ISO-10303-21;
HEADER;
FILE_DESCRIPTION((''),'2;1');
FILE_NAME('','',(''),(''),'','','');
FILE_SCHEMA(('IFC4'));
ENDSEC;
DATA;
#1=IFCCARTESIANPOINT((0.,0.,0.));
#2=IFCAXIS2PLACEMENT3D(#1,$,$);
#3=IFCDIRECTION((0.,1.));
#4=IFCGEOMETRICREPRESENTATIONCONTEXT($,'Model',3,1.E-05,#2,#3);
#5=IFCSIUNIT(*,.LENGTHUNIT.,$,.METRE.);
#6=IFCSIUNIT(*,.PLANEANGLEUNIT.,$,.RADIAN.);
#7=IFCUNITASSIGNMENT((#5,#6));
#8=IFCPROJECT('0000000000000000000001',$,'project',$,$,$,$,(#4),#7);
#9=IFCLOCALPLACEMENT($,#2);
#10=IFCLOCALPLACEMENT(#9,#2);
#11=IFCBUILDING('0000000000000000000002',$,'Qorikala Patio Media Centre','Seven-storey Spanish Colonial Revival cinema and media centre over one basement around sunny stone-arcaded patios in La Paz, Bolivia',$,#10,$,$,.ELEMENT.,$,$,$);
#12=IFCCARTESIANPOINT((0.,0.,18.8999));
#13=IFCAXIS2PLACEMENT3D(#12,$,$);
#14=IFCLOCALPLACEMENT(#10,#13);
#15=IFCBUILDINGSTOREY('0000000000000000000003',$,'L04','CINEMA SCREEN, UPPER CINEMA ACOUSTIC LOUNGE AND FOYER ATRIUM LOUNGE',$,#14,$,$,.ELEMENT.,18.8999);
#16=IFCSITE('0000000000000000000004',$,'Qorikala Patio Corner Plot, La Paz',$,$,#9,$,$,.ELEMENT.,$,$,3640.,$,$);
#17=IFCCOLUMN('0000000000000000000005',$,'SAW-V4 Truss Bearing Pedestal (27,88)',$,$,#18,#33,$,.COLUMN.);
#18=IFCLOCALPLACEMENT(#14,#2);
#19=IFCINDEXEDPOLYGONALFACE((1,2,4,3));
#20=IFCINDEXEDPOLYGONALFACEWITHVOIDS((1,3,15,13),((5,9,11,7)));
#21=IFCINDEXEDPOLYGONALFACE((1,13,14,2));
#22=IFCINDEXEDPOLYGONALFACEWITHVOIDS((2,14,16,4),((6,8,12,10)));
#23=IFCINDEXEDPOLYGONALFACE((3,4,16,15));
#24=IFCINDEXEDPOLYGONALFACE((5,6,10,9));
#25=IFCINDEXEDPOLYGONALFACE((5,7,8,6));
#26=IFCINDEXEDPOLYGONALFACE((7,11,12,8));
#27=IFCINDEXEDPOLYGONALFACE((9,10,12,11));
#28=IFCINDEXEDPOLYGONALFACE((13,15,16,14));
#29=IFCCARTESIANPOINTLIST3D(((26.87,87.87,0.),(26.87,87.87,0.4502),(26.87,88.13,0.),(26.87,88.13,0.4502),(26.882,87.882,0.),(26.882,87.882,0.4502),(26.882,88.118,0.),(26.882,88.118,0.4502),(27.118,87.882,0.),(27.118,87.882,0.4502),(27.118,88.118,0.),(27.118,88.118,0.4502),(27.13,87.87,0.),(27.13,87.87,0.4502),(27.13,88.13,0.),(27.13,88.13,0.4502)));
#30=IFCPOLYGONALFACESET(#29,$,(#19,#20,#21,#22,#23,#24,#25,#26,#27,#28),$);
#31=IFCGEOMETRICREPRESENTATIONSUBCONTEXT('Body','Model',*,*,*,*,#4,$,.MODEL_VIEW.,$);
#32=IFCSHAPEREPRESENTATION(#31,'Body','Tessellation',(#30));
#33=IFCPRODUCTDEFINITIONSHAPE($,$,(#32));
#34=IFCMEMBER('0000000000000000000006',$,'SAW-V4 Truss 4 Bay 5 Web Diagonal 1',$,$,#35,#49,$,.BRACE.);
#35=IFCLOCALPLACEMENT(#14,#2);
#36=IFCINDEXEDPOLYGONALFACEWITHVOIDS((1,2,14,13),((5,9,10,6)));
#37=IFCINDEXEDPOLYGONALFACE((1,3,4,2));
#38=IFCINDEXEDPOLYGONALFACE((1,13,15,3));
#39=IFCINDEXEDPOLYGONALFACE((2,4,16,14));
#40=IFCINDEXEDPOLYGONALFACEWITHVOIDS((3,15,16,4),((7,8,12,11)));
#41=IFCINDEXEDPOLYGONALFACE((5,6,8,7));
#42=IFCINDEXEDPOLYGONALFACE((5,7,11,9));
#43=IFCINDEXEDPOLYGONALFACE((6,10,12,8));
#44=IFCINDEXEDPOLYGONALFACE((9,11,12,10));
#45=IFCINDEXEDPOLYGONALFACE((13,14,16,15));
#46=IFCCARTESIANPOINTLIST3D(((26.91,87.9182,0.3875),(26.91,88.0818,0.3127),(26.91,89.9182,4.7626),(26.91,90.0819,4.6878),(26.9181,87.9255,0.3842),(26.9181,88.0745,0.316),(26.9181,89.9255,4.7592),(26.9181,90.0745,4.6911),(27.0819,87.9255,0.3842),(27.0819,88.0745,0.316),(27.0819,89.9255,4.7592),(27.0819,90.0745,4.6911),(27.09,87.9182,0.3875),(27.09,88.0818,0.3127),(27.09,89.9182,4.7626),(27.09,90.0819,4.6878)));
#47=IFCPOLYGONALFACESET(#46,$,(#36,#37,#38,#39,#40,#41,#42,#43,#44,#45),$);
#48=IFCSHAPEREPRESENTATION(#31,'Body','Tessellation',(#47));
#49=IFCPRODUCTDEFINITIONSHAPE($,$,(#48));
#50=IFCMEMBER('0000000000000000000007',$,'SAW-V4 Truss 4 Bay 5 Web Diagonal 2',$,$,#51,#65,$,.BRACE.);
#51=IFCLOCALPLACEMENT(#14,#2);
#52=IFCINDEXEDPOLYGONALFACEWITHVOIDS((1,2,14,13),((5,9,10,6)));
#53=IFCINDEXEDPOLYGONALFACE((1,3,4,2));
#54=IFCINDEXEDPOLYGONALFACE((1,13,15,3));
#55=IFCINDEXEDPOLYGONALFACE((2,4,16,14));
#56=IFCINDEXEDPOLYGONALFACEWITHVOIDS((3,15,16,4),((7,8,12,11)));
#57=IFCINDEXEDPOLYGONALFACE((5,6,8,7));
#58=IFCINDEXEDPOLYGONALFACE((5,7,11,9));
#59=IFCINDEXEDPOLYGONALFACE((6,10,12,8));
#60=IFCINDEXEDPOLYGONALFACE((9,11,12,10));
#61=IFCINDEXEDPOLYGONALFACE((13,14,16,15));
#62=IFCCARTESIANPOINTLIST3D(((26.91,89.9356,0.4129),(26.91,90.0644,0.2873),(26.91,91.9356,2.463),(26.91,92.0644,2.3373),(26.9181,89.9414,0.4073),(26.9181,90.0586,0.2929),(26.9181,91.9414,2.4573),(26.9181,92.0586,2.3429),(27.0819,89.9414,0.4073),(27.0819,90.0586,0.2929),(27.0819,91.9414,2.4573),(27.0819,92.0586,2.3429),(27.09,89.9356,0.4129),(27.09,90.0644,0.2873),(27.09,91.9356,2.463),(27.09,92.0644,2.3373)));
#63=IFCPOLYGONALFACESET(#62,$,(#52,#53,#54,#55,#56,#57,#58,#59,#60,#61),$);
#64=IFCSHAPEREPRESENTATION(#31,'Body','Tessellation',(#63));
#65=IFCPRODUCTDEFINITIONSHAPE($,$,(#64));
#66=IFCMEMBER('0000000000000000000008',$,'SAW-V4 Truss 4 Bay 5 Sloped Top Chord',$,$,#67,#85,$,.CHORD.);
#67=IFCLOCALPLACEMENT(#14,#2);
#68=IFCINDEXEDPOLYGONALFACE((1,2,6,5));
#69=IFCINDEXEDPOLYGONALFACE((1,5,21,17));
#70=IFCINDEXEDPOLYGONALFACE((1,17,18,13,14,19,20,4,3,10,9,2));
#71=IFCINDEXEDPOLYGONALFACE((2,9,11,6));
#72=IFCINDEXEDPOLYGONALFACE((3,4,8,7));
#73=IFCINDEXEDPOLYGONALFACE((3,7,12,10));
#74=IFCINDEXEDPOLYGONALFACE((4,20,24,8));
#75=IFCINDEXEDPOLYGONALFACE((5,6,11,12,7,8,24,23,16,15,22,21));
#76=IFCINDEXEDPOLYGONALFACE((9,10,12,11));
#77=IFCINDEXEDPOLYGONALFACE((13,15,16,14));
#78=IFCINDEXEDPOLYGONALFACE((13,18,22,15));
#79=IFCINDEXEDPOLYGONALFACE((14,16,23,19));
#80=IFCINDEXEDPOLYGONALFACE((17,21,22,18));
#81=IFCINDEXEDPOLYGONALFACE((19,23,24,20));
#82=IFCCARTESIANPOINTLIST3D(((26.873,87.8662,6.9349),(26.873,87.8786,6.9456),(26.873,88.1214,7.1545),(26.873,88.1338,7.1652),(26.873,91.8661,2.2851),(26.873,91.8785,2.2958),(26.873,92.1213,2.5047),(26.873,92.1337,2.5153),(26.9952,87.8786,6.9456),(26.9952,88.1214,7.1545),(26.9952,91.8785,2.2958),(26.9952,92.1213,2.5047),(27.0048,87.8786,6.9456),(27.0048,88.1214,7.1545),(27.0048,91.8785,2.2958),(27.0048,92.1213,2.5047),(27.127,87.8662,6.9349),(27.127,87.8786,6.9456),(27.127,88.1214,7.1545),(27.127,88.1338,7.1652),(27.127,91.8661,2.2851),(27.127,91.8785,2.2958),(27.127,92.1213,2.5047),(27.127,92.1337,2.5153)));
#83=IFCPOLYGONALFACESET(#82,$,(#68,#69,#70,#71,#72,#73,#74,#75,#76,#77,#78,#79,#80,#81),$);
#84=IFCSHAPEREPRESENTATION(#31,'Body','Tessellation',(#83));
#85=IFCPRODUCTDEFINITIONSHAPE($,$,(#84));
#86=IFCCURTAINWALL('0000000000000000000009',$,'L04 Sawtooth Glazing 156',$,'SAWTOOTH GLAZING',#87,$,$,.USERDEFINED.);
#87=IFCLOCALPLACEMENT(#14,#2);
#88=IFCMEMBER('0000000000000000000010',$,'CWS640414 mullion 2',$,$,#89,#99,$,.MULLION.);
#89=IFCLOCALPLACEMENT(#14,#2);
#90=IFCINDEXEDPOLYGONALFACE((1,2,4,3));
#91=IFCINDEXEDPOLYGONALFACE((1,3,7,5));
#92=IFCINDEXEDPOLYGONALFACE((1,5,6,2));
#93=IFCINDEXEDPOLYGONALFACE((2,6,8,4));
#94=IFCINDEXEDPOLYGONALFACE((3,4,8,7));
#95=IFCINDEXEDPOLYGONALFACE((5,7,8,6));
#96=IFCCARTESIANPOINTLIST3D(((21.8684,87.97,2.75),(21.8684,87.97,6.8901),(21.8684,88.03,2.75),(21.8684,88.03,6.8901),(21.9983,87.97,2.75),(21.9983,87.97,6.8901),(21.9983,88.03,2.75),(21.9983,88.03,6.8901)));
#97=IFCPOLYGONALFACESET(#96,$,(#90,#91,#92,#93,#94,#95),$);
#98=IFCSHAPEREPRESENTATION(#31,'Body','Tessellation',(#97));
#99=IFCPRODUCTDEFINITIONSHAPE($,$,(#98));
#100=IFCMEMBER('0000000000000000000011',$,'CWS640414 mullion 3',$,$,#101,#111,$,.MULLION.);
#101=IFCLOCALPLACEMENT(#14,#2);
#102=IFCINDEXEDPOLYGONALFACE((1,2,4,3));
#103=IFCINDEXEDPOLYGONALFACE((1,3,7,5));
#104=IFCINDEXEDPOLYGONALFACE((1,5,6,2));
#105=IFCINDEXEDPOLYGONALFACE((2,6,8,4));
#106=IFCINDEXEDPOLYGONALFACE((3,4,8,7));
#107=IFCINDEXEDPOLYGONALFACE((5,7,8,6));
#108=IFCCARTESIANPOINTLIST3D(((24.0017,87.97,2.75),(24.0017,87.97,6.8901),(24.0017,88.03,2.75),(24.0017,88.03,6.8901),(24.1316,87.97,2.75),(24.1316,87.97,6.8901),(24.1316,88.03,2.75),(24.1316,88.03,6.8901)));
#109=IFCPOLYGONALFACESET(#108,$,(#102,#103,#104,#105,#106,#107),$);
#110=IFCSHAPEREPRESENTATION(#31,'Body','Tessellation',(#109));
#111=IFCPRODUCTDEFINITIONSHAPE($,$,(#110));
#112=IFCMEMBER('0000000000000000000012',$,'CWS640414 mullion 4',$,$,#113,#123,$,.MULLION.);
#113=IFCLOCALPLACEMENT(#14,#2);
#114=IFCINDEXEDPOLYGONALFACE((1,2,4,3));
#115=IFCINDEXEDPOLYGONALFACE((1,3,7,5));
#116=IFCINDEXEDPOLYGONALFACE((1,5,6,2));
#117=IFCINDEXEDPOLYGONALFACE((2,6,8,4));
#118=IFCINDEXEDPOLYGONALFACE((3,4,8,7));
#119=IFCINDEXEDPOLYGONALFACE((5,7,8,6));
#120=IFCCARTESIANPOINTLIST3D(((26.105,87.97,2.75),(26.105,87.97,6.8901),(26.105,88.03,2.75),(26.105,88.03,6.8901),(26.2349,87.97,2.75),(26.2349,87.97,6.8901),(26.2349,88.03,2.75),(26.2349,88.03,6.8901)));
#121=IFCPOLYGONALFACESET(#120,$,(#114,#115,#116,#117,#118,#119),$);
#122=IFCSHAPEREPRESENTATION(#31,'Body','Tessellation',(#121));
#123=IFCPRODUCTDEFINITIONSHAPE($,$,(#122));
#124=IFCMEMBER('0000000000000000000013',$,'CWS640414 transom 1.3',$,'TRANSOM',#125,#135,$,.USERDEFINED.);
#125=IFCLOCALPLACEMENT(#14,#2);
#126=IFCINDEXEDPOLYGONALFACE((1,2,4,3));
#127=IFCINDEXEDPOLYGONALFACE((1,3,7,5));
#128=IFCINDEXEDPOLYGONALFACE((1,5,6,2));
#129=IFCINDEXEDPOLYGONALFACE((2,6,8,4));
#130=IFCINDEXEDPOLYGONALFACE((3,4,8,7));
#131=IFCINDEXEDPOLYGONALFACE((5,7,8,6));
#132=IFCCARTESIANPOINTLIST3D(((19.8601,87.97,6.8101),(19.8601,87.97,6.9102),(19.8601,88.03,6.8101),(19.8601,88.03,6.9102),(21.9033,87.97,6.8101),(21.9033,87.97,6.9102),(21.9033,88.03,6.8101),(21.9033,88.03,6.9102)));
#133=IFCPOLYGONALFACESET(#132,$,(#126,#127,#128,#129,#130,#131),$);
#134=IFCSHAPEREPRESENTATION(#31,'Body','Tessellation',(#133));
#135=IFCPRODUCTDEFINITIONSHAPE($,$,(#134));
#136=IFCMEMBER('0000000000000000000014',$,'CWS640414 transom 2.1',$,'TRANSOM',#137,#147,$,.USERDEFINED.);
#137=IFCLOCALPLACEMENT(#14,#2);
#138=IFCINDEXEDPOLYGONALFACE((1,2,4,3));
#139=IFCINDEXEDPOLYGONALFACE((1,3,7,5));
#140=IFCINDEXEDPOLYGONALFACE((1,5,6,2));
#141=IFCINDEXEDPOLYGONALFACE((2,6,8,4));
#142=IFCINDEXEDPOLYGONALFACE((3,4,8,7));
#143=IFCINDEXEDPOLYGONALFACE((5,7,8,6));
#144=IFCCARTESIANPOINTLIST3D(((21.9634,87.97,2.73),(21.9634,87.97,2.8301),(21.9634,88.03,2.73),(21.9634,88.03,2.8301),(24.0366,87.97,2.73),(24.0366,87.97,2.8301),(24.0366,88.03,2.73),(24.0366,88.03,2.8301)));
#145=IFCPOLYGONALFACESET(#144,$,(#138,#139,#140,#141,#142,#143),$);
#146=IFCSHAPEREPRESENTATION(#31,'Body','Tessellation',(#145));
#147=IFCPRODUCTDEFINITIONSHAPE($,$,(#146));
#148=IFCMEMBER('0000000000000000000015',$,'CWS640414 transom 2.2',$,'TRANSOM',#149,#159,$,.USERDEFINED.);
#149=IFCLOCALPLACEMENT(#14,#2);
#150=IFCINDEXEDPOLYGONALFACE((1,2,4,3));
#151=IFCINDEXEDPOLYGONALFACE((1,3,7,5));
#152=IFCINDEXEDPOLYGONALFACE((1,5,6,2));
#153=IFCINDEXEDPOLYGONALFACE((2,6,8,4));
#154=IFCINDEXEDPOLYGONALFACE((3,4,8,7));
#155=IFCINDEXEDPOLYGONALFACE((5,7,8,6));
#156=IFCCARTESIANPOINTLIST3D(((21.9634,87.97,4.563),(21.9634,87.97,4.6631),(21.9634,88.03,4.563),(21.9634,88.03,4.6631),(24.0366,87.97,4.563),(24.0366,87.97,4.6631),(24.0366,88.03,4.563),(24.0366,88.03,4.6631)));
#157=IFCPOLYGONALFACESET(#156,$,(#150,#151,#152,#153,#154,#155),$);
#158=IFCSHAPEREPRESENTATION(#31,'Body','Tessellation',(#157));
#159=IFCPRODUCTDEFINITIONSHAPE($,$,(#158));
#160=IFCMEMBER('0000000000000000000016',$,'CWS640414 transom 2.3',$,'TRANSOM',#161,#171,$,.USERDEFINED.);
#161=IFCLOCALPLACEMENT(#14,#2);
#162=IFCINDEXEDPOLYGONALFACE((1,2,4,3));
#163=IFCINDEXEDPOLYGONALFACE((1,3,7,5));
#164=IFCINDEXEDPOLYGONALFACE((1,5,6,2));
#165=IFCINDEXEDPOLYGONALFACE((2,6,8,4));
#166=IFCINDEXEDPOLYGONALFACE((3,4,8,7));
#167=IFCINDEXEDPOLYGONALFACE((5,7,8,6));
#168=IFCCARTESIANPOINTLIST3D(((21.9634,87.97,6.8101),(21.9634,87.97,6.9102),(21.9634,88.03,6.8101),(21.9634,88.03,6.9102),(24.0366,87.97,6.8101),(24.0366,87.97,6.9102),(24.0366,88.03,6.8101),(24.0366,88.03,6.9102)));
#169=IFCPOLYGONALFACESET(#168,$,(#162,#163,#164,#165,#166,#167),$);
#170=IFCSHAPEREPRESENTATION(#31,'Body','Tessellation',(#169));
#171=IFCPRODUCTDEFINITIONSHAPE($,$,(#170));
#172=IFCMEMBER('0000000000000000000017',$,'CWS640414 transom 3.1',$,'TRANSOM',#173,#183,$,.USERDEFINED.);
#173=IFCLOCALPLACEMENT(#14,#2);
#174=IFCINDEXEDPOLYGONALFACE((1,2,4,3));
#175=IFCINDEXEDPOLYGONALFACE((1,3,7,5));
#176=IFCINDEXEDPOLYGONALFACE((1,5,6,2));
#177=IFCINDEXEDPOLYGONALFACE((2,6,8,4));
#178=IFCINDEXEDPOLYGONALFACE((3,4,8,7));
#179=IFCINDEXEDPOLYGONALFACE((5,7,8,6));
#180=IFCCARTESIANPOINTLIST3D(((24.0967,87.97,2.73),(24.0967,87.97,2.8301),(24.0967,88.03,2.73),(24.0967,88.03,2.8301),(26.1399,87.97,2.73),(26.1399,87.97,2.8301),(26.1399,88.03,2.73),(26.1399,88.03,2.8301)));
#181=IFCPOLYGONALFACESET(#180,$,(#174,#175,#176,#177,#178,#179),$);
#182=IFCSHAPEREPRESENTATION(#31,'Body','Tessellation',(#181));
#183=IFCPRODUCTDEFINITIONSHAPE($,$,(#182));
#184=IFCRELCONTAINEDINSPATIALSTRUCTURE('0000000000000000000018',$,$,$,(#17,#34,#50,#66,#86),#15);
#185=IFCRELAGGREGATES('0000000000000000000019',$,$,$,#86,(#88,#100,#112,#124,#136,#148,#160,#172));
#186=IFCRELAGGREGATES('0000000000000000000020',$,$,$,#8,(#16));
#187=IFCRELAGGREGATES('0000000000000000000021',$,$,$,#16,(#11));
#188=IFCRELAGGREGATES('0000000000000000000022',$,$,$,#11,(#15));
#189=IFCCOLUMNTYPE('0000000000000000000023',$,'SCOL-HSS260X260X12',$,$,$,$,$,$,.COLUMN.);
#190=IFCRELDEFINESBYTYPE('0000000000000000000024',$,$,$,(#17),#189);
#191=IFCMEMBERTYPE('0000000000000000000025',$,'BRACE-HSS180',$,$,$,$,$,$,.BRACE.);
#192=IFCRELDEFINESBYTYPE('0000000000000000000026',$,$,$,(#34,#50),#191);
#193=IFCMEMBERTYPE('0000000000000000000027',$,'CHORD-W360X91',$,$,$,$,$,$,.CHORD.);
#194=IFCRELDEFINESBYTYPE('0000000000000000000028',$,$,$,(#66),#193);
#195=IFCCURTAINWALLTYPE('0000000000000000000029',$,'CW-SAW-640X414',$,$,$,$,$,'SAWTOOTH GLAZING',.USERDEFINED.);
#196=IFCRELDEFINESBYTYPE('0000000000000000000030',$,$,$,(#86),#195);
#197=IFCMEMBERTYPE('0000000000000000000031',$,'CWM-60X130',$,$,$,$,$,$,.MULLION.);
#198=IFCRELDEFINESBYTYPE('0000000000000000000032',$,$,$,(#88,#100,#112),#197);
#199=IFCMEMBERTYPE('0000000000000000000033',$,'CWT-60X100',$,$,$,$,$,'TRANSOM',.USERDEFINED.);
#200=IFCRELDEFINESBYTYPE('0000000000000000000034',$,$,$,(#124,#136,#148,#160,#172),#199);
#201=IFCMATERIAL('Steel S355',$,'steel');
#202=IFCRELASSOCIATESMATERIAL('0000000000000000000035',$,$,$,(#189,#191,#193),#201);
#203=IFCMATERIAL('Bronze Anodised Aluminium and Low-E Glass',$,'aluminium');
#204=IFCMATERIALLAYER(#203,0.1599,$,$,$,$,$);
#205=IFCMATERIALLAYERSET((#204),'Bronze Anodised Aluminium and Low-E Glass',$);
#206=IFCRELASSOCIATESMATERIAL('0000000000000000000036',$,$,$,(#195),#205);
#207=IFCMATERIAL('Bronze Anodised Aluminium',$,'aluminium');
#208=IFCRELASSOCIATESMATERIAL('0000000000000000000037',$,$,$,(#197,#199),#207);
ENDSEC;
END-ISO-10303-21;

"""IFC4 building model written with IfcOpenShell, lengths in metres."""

from ifc_helpers import new_model, si_unit, direction, frame, origin, origin_2d, place, context, subcontext, project, spatial, rectangle, hollow_rectangle, i_section, extrude, material, layer, layer_set, material_profile, profile_set, type_object, element, aggregate, save


model = new_model("IFC4")

# Units and contexts
model_context = context("Model", 3, precision=1e-05, world=origin(), true_north=direction((0.0, 1.0)))
body_context = subcontext(model_context, "Body", "Model", "MODEL_VIEW")
ifc_project = project(units=[si_unit("LENGTHUNIT", "METRE"), si_unit("PLANEANGLEUNIT", "RADIAN")], contexts=[model_context])

# Site, building, storey
site_placement = place(None, origin())
site = spatial("IfcSite", under=ifc_project, at=site_placement, Name="Qorikala Patio Corner Plot, La Paz", CompositionType="ELEMENT", RefElevation=3640.0)
building_placement = place(site_placement, origin())
building = spatial("IfcBuilding", under=site, at=building_placement, Name="Qorikala Patio Media Centre", Description="Seven-storey Spanish Colonial Revival cinema and media centre over one basement around sunny stone-arcaded patios in La Paz, Bolivia", CompositionType="ELEMENT")
storey_placement = place(building_placement, frame((0.0, 0.0, 18.8999)))
storey = spatial("IfcBuildingStorey", under=building, at=storey_placement, Name="L04", Description="CINEMA SCREEN, UPPER CINEMA ACOUSTIC LOUNGE AND FOYER ATRIUM LOUNGE", CompositionType="ELEMENT", Elevation=18.8999)

# Column
ifc_material_1 = material(Name="Steel S355", Category="steel")
ifc_material_profile_1 = material_profile(ifc_material_1, hollow_rectangle(XDim=0.26, YDim=0.26, WallThickness=0.012, at=origin_2d()), Name="HSS260X260X12")
ifc_profile_set_1 = profile_set([ifc_material_profile_1], Name="Steel S355")
column_type = type_object("IfcColumnType", Name="SCOL-HSS260X260X12", PredefinedType="COLUMN", material=ifc_profile_set_1)
column_placement = place(storey_placement, frame((27.0, 88.0, 0.0), z_axis=(0.0, 0.0, 1.0), x_axis=(1.0, 0.0, 0.0)))
element("IfcColumn", 1, at=column_placement, inside=storey, type_object=column_type, Name="SAW-V4 Truss Bearing Pedestal (27,88)", PredefinedType="COLUMN", context=body_context, shape_type="SweptSolid", body=[
    extrude(hollow_rectangle(XDim=0.26, YDim=0.26, WallThickness=0.012, at=origin_2d()), origin(), (0.0, 0.0, 1.0), 0.4502),
])

# Members
ifc_material_profile_2 = material_profile(ifc_material_1, hollow_rectangle(XDim=0.1799, YDim=0.1799, WallThickness=0.0081, at=origin_2d()), Name="HSS180X180X8")
ifc_profile_set_2 = profile_set([ifc_material_profile_2], Name="Steel S355")
member_type_1 = type_object("IfcMemberType", Name="BRACE-HSS180", PredefinedType="BRACE", material=ifc_profile_set_2)
member_1_placement = place(storey_placement, frame((27.0, 88.0, 0.3501), z_axis=(0.0, 0.41576, 0.909474), x_axis=(-1.0, 0.0, 0.0)))
element("IfcMember", 2, at=member_1_placement, inside=storey, type_object=member_type_1, Name="SAW-V4 Truss 4 Bay 5 Web Diagonal 1", PredefinedType="BRACE", context=body_context, shape_type="SweptSolid", body=[
    extrude(hollow_rectangle(XDim=0.1799, YDim=0.1799, WallThickness=0.0081, at=origin_2d()), origin(), (0.0, 0.0, 1.0), 4.8105),
])
member_2_placement = place(storey_placement, frame((27.0, 90.0, 0.3501), z_axis=(0.0, 0.698315, 0.71579), x_axis=(-1.0, 0.0, 0.0)))
element("IfcMember", 3, at=member_2_placement, inside=storey, type_object=member_type_1, Name="SAW-V4 Truss 4 Bay 5 Web Diagonal 2", PredefinedType="BRACE", context=body_context, shape_type="SweptSolid", body=[
    extrude(hollow_rectangle(XDim=0.1799, YDim=0.1799, WallThickness=0.0081, at=origin_2d()), origin(), (0.0, 0.0, 1.0), 2.864),
])
ifc_material_profile_3 = material_profile(ifc_material_1, i_section(OverallWidth=0.2539, OverallDepth=0.353, WebThickness=0.0095, FlangeThickness=0.0164, at=origin_2d()), Name="W360X91")
ifc_profile_set_3 = profile_set([ifc_material_profile_3], Name="Steel S355")
member_type_2 = type_object("IfcMemberType", Name="CHORD-W360X91", PredefinedType="CHORD", material=ifc_profile_set_3)
member_3_placement = place(storey_placement, frame((27.0, 88.0, 7.05), z_axis=(0.0, 0.652141, -0.758098), x_axis=(-1.0, 0.0, 0.0)))
element("IfcMember", 4, at=member_3_placement, inside=storey, type_object=member_type_2, Name="SAW-V4 Truss 4 Bay 5 Sloped Top Chord", PredefinedType="CHORD", context=body_context, shape_type="SweptSolid", body=[
    extrude(i_section(OverallWidth=0.2539, OverallDepth=0.353, WebThickness=0.0095, FlangeThickness=0.0164, at=origin_2d()), origin(), (0.0, 0.0, 1.0), 6.1335),
])

# Curtain wall, members
ifc_material_2 = material(Name="Bronze Anodised Aluminium and Low-E Glass", Category="aluminium")
ifc_layer_1 = layer(ifc_material_2, 0.1599)
ifc_layer_set_1 = layer_set([ifc_layer_1], Name="Bronze Anodised Aluminium and Low-E Glass")
curtain_wall_type_1 = type_object("IfcCurtainWallType", Name="CW-SAW-640X414", ElementType="SAWTOOTH GLAZING", PredefinedType="USERDEFINED", material=ifc_layer_set_1)
curtain_wall_1_placement = place(storey_placement, origin())
curtain_wall_1 = element("IfcCurtainWall", 5, at=curtain_wall_1_placement, inside=storey, type_object=curtain_wall_type_1, Name="L04 Sawtooth Glazing 156", ObjectType="SAWTOOTH GLAZING", PredefinedType="USERDEFINED")
ifc_material_3 = material(Name="Bronze Anodised Aluminium", Category="aluminium")
ifc_material_profile_4 = material_profile(ifc_material_3, rectangle(XDim=0.0601, YDim=0.1299, at=origin_2d()), Name="ALU MULLION 60x130")
ifc_profile_set_4 = profile_set([ifc_material_profile_4], Name="Bronze Anodised Aluminium")
member_type_3 = type_object("IfcMemberType", Name="CWM-60X130", PredefinedType="MULLION", material=ifc_profile_set_4)
member_4_placement = place(storey_placement, frame((21.9333, 88.0, 2.75), z_axis=(0.0, 0.0, 1.0), x_axis=(0.0, 1.0, 0.0)))
member_4 = element("IfcMember", 6, at=member_4_placement, type_object=member_type_3, Name="CWS640414 mullion 2", PredefinedType="MULLION", context=body_context, shape_type="SweptSolid", body=[
    extrude(rectangle(XDim=0.0601, YDim=0.1299, at=origin_2d()), origin(), (0.0, 0.0, 1.0), 4.1401),
])
member_5_placement = place(storey_placement, frame((24.0667, 88.0, 2.75), z_axis=(0.0, 0.0, 1.0), x_axis=(0.0, 1.0, 0.0)))
member_5 = element("IfcMember", 7, at=member_5_placement, type_object=member_type_3, Name="CWS640414 mullion 3", PredefinedType="MULLION", context=body_context, shape_type="SweptSolid", body=[
    extrude(rectangle(XDim=0.0601, YDim=0.1299, at=origin_2d()), origin(), (0.0, 0.0, 1.0), 4.1401),
])
member_6_placement = place(storey_placement, frame((26.1699, 88.0, 2.75), z_axis=(0.0, 0.0, 1.0), x_axis=(0.0, 1.0, 0.0)))
member_6 = element("IfcMember", 8, at=member_6_placement, type_object=member_type_3, Name="CWS640414 mullion 4", PredefinedType="MULLION", context=body_context, shape_type="SweptSolid", body=[
    extrude(rectangle(XDim=0.0601, YDim=0.1299, at=origin_2d()), origin(), (0.0, 0.0, 1.0), 4.1401),
])
ifc_material_profile_5 = material_profile(ifc_material_3, rectangle(XDim=0.0601, YDim=0.1001, at=origin_2d()), Name="ALU TRANSOM 60x100")
ifc_profile_set_5 = profile_set([ifc_material_profile_5], Name="Bronze Anodised Aluminium")
member_type_4 = type_object("IfcMemberType", Name="CWT-60X100", ElementType="TRANSOM", PredefinedType="USERDEFINED", material=ifc_profile_set_5)
member_7_placement = place(storey_placement, frame((19.8601, 88.0, 6.8601), z_axis=(1.0, 0.0, 0.0), x_axis=(0.0, 1.0, 0.0)))
member_7 = element("IfcMember", 9, at=member_7_placement, type_object=member_type_4, Name="CWS640414 transom 1.3", ObjectType="TRANSOM", PredefinedType="USERDEFINED", context=body_context, shape_type="SweptSolid", body=[
    extrude(rectangle(XDim=0.0601, YDim=0.1001, at=origin_2d()), origin(), (0.0, 0.0, 1.0), 2.0432),
])
member_8_placement = place(storey_placement, frame((21.9634, 88.0, 2.78), z_axis=(1.0, 0.0, 0.0), x_axis=(0.0, 1.0, 0.0)))
member_8 = element("IfcMember", 10, at=member_8_placement, type_object=member_type_4, Name="CWS640414 transom 2.1", ObjectType="TRANSOM", PredefinedType="USERDEFINED", context=body_context, shape_type="SweptSolid", body=[
    extrude(rectangle(XDim=0.0601, YDim=0.1001, at=origin_2d()), origin(), (0.0, 0.0, 1.0), 2.0732),
])
member_9_placement = place(storey_placement, frame((21.9634, 88.0, 4.613), z_axis=(1.0, 0.0, 0.0), x_axis=(0.0, 1.0, 0.0)))
member_9 = element("IfcMember", 11, at=member_9_placement, type_object=member_type_4, Name="CWS640414 transom 2.2", ObjectType="TRANSOM", PredefinedType="USERDEFINED", context=body_context, shape_type="SweptSolid", body=[
    extrude(rectangle(XDim=0.0601, YDim=0.1001, at=origin_2d()), origin(), (0.0, 0.0, 1.0), 2.0732),
])
member_10_placement = place(storey_placement, frame((21.9634, 88.0, 6.8601), z_axis=(1.0, 0.0, 0.0), x_axis=(0.0, 1.0, 0.0)))
member_10 = element("IfcMember", 12, at=member_10_placement, type_object=member_type_4, Name="CWS640414 transom 2.3", ObjectType="TRANSOM", PredefinedType="USERDEFINED", context=body_context, shape_type="SweptSolid", body=[
    extrude(rectangle(XDim=0.0601, YDim=0.1001, at=origin_2d()), origin(), (0.0, 0.0, 1.0), 2.0732),
])
member_11_placement = place(storey_placement, frame((24.0967, 88.0, 2.78), z_axis=(1.0, 0.0, 0.0), x_axis=(0.0, 1.0, 0.0)))
member_11 = element("IfcMember", 13, at=member_11_placement, type_object=member_type_4, Name="CWS640414 transom 3.1", ObjectType="TRANSOM", PredefinedType="USERDEFINED", context=body_context, shape_type="SweptSolid", body=[
    extrude(rectangle(XDim=0.0601, YDim=0.1001, at=origin_2d()), origin(), (0.0, 0.0, 1.0), 2.0432),
])

aggregate(curtain_wall_1, [member_4, member_5, member_6, member_7, member_8, member_9, member_10, member_11])

save(model, "model.ifc")
